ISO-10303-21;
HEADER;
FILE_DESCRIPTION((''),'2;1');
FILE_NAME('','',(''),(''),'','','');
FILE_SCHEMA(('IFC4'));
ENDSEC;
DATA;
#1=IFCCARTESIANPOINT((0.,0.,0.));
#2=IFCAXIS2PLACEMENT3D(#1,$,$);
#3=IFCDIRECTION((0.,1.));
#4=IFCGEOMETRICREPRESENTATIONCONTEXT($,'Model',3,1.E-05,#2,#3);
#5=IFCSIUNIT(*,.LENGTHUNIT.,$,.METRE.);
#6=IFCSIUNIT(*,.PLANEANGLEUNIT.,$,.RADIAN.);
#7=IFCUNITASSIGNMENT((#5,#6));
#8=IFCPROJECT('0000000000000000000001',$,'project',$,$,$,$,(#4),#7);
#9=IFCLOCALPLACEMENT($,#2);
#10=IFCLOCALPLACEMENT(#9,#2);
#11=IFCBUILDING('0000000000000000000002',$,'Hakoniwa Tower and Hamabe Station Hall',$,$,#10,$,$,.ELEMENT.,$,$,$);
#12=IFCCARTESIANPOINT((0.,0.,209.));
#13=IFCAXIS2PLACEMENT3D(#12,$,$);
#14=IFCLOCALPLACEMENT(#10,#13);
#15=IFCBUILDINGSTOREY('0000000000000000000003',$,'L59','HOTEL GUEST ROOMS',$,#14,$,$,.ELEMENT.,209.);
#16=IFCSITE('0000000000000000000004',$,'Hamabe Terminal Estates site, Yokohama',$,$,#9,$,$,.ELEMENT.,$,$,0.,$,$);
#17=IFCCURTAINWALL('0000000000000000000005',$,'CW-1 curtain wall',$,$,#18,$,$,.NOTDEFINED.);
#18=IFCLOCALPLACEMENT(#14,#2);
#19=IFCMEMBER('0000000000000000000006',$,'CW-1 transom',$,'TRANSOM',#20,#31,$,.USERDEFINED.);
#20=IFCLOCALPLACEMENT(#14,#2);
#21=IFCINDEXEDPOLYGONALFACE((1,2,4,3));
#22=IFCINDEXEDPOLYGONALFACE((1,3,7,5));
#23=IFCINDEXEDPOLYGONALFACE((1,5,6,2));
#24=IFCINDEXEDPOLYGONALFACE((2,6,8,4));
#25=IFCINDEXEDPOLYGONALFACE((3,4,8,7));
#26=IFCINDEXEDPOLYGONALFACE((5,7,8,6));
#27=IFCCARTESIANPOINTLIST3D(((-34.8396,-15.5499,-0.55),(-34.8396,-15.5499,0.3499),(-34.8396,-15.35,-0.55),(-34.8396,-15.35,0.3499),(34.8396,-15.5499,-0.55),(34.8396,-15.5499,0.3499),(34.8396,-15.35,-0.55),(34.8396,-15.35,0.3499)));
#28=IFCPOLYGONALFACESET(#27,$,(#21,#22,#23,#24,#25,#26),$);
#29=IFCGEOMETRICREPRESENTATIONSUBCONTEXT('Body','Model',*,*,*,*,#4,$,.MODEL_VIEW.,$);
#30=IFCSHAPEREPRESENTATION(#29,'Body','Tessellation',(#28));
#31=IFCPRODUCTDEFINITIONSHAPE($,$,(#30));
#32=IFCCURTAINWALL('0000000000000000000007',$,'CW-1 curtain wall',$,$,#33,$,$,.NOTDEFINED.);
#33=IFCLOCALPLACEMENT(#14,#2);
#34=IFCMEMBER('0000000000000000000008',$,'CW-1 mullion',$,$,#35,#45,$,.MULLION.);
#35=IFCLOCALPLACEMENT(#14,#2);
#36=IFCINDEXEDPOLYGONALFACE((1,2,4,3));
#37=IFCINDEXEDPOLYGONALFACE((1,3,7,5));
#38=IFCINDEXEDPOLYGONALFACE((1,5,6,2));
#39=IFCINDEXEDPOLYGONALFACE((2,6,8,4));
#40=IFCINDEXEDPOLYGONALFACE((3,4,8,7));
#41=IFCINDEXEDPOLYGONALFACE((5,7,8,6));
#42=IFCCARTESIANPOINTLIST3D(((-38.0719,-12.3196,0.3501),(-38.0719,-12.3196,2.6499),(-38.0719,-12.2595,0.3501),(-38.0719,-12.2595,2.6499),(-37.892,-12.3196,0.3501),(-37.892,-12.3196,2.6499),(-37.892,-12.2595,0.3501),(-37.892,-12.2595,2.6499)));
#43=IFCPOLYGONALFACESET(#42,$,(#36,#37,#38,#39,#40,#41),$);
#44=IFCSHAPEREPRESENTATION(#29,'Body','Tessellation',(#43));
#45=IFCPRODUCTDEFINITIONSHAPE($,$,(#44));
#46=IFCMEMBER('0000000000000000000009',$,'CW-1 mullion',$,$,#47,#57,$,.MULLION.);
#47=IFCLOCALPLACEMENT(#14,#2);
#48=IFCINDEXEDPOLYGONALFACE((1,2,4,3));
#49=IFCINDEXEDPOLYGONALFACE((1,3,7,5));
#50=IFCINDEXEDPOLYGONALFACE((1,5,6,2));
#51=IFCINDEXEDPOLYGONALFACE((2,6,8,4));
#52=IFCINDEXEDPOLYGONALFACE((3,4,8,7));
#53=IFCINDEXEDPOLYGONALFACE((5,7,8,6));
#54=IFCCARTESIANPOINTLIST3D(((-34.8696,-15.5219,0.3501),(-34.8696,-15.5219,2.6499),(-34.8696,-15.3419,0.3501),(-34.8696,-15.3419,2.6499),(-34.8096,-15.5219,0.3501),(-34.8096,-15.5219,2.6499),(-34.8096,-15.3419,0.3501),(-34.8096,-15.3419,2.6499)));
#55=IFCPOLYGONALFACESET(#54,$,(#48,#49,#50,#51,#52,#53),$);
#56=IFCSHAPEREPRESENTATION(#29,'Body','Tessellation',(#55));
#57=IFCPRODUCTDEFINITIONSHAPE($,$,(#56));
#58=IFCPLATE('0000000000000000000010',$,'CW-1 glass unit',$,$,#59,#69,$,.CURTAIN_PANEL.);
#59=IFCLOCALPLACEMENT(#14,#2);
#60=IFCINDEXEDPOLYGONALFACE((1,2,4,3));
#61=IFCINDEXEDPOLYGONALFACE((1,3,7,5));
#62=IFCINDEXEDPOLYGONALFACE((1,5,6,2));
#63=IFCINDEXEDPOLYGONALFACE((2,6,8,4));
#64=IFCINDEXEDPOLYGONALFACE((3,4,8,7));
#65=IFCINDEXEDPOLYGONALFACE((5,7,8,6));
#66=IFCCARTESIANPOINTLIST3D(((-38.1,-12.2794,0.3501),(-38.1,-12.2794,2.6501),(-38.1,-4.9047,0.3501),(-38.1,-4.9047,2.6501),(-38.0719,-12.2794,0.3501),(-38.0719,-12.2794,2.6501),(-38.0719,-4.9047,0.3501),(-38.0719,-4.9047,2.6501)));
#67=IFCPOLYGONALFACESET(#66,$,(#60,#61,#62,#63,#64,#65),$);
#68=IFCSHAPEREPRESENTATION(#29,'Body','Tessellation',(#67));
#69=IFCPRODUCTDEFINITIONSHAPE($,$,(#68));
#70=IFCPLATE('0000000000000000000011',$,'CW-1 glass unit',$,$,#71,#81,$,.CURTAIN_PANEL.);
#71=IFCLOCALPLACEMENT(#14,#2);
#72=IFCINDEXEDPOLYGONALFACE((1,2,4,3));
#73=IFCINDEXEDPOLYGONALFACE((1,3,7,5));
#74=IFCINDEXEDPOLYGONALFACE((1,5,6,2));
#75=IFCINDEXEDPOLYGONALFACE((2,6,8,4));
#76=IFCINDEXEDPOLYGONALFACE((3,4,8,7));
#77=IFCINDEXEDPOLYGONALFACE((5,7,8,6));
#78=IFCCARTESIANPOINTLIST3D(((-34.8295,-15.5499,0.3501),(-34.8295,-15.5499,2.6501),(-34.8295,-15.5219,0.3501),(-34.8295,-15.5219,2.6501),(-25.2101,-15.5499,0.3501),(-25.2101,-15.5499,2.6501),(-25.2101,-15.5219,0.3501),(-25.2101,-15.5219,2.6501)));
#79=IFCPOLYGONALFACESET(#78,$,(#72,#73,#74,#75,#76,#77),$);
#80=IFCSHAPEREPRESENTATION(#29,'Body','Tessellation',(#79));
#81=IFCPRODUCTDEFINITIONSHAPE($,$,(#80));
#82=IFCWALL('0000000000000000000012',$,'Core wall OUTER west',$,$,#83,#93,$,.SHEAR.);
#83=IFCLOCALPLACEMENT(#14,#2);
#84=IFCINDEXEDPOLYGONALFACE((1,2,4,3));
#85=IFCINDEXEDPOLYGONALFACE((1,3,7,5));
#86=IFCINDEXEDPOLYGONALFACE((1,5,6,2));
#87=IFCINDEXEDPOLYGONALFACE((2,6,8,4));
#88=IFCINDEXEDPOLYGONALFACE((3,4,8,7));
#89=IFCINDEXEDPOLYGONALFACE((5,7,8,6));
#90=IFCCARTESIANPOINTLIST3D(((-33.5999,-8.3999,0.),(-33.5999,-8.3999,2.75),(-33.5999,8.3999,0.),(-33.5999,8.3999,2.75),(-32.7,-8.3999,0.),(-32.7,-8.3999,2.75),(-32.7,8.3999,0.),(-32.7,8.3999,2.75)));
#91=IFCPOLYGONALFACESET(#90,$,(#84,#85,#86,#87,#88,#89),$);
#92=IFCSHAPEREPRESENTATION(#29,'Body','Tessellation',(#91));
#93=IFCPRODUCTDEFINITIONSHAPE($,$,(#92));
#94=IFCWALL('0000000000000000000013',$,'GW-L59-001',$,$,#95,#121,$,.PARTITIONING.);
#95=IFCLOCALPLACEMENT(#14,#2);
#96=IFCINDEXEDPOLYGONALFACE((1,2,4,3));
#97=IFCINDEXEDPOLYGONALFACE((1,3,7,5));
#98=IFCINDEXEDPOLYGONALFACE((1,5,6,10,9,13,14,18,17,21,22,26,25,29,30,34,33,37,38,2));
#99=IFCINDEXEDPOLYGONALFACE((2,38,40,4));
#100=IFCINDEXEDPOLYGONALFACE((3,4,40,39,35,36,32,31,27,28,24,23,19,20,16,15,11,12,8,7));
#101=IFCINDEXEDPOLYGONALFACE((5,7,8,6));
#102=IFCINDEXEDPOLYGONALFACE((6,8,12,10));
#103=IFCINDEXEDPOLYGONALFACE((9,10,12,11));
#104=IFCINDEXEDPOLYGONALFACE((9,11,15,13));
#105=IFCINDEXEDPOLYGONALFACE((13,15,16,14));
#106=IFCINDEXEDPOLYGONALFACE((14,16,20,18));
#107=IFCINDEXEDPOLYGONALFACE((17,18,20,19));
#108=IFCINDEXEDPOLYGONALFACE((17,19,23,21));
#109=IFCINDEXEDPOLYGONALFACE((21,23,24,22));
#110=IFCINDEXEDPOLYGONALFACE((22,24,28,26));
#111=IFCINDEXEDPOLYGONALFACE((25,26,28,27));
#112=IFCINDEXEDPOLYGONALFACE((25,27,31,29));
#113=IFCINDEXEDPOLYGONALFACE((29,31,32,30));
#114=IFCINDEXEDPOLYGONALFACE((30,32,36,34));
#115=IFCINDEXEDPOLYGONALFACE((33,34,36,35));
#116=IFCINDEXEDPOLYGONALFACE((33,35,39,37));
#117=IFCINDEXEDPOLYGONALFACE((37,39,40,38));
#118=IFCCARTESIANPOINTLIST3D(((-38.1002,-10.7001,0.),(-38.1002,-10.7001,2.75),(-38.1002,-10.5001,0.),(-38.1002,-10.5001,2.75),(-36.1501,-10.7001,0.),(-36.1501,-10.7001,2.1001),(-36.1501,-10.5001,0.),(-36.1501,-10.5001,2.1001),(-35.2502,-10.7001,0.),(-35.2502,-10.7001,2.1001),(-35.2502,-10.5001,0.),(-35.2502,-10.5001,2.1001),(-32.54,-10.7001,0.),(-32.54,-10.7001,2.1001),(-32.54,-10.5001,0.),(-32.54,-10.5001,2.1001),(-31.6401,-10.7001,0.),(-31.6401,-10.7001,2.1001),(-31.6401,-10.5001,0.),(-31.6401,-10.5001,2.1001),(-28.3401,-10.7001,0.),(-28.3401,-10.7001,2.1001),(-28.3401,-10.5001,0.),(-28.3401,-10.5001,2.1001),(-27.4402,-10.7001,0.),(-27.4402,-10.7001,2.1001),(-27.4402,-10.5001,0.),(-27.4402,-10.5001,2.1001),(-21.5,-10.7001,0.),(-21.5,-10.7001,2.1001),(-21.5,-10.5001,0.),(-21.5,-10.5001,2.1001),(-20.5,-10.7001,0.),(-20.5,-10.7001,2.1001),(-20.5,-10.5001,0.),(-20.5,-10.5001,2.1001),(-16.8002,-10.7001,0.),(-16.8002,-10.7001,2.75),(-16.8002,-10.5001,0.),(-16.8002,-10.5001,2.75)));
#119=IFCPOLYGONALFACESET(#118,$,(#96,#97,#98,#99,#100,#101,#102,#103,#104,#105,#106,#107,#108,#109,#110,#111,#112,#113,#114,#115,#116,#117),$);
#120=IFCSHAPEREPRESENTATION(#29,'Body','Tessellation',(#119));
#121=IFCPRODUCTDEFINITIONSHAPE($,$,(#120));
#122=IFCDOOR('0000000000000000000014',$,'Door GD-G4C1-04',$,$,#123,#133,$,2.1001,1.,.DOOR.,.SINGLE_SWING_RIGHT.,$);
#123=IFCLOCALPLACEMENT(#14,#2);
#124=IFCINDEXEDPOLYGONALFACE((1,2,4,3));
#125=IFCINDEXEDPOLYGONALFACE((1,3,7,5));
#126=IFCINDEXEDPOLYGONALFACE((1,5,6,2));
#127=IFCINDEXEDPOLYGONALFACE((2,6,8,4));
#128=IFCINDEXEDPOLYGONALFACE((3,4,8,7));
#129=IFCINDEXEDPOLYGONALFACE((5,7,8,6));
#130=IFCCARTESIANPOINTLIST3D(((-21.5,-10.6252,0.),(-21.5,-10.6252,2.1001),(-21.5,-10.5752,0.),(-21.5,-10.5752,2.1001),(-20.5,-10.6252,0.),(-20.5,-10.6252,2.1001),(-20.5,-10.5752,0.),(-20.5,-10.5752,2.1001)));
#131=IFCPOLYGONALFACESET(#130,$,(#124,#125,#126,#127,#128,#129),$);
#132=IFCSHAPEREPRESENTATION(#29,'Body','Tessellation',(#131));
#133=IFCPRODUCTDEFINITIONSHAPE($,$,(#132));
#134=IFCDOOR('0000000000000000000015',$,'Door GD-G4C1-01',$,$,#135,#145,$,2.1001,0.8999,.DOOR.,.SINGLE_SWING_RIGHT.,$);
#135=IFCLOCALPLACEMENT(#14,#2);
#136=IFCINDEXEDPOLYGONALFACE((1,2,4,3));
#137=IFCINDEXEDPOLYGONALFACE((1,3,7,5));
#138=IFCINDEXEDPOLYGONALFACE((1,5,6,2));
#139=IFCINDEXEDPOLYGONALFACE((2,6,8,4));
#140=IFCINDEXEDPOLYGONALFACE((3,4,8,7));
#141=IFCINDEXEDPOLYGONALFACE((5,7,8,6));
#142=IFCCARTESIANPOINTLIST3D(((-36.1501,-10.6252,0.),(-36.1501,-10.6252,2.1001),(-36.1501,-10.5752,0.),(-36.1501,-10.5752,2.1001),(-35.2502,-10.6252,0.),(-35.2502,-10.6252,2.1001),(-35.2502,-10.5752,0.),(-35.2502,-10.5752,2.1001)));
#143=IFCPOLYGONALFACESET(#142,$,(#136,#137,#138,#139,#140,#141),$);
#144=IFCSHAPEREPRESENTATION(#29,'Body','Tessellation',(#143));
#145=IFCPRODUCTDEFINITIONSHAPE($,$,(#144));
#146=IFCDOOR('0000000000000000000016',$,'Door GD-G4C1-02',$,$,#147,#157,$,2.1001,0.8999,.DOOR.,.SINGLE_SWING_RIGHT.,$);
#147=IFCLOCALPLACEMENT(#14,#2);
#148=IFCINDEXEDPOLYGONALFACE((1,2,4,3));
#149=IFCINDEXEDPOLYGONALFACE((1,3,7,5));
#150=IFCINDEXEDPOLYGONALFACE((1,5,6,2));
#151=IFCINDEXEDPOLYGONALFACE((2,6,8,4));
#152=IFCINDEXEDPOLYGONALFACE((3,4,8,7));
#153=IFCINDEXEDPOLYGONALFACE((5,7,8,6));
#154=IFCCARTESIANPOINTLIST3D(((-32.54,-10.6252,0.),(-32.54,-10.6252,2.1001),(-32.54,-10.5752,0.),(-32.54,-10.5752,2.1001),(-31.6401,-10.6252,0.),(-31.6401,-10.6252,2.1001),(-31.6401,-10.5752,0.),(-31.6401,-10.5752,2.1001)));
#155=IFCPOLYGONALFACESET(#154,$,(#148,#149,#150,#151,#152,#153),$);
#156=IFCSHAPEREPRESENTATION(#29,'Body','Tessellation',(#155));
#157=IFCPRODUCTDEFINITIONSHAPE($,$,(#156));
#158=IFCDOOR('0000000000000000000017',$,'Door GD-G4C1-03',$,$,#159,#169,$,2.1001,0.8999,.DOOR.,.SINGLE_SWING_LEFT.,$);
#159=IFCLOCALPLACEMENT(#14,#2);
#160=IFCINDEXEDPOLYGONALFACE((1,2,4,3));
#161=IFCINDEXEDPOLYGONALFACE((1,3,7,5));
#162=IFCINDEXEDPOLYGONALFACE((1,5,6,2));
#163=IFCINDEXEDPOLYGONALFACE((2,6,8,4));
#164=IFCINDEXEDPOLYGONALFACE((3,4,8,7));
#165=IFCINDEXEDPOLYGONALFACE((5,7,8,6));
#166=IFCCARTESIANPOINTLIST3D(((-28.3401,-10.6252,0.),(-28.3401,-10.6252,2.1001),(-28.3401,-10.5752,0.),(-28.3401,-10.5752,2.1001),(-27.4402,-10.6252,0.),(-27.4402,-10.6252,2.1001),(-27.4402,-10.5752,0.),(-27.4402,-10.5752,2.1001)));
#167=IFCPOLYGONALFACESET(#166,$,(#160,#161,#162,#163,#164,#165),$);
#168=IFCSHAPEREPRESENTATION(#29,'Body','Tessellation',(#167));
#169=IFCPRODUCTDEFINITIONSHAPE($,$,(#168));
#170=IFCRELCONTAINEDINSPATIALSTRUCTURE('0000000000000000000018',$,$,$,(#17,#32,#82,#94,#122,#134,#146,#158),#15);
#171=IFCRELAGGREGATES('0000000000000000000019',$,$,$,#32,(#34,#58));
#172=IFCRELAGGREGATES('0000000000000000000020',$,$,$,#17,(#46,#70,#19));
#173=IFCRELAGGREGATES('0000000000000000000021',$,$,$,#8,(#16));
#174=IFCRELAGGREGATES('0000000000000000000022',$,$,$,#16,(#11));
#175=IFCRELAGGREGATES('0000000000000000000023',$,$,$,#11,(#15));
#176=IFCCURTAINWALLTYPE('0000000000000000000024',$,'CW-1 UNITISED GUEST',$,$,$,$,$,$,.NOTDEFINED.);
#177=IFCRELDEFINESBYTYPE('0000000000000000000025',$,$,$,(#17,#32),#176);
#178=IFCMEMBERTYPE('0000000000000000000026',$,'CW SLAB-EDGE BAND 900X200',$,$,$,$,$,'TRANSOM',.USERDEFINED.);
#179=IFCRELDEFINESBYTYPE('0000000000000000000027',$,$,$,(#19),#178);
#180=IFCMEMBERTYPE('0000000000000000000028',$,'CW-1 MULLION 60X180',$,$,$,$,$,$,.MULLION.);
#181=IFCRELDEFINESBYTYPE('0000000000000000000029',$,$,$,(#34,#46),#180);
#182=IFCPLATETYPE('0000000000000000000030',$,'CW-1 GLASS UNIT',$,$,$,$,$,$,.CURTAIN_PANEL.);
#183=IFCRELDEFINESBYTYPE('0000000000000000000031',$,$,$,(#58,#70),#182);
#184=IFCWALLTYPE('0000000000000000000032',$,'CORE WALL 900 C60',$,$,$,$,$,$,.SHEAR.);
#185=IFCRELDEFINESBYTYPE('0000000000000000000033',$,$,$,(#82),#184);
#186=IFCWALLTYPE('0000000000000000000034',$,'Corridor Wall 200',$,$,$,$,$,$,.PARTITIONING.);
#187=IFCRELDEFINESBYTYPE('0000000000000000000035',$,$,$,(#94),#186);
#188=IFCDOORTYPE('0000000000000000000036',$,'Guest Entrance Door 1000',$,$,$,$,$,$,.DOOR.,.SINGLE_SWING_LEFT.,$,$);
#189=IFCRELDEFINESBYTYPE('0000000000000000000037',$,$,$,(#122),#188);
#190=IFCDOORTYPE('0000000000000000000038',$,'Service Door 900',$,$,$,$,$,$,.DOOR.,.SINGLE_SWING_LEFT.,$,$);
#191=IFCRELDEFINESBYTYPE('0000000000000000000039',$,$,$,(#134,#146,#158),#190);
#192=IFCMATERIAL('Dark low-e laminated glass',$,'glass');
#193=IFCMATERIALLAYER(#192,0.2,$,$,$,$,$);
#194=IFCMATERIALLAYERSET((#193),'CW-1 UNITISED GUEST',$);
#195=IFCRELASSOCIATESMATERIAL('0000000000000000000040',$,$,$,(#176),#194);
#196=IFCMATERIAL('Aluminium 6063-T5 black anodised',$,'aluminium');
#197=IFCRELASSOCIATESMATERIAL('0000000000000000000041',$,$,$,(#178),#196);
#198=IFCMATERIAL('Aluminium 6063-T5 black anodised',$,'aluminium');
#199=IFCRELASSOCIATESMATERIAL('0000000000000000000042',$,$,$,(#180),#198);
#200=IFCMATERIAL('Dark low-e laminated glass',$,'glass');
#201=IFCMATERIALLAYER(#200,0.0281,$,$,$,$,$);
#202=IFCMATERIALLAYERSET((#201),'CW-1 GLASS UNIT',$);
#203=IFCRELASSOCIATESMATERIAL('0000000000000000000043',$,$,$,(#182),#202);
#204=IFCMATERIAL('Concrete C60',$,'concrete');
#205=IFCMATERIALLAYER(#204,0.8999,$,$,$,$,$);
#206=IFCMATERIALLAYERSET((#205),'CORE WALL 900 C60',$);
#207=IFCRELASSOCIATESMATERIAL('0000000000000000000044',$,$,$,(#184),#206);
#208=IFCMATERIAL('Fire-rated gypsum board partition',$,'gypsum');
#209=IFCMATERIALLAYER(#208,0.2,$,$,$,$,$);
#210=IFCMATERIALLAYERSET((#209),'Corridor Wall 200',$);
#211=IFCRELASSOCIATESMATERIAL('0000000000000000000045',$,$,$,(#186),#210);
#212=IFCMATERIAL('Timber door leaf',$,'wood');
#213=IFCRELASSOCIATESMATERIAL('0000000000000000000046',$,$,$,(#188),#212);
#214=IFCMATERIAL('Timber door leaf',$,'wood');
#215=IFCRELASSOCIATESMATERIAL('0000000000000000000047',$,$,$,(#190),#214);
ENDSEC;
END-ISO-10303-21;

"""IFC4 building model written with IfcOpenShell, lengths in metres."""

from ifc_helpers import new_model, si_unit, direction, frame, frame_2d, origin, origin_2d, place, context, subcontext, project, spatial, rectangle, extrude, material, layer, layer_set, material_profile, profile_set, type_object, element, fill, aggregate, save


model = new_model("IFC4")

# Units and contexts
model_context = context("Model", 3, precision=1e-05, world=origin(), true_north=direction((0.0, 1.0)))
body_context = subcontext(model_context, "Body", "Model", "MODEL_VIEW")
ifc_project = project(units=[si_unit("LENGTHUNIT", "METRE"), si_unit("PLANEANGLEUNIT", "RADIAN")], contexts=[model_context])

# Site, building, storey
site_placement = place(None, origin())
site = spatial("IfcSite", under=ifc_project, at=site_placement, Name="Hamabe Terminal Estates site, Yokohama", CompositionType="ELEMENT", RefElevation=0.0)
building_placement = place(site_placement, origin())
building = spatial("IfcBuilding", under=site, at=building_placement, Name="Hakoniwa Tower and Hamabe Station Hall", CompositionType="ELEMENT")
storey_placement = place(building_placement, frame((0.0, 0.0, 209.0)))
storey = spatial("IfcBuildingStorey", under=building, at=storey_placement, Name="L59", Description="HOTEL GUEST ROOMS", CompositionType="ELEMENT", Elevation=209.0)

# Curtain walls, members
ifc_material_1 = material(Name="Dark low-e laminated glass", Category="glass")
ifc_layer_1 = layer(ifc_material_1, 0.2)
ifc_layer_set_1 = layer_set([ifc_layer_1], Name="CW-1 UNITISED GUEST")
curtain_wall_type = type_object("IfcCurtainWallType", Name="CW-1 UNITISED GUEST", PredefinedType="NOTDEFINED", material=ifc_layer_set_1)
curtain_wall_1_placement = place(storey_placement, origin())
curtain_wall_1 = element("IfcCurtainWall", 1, at=curtain_wall_1_placement, inside=storey, type_object=curtain_wall_type, Name="CW-1 curtain wall", PredefinedType="NOTDEFINED")
ifc_material_2 = material(Name="Aluminium 6063-T5 black anodised", Category="aluminium")
ifc_material_profile_1 = material_profile(ifc_material_2, rectangle(XDim=0.2, YDim=0.8999, at=origin_2d()), Name="CW SLAB-EDGE BAND 900X200")
ifc_profile_set_1 = profile_set([ifc_material_profile_1], Name="Aluminium 6063-T5 black anodised")
member_type_1 = type_object("IfcMemberType", Name="CW SLAB-EDGE BAND 900X200", ElementType="TRANSOM", PredefinedType="USERDEFINED", material=ifc_profile_set_1)
member_1_placement = place(storey_placement, frame((-34.8396, -15.45, -0.1001), z_axis=(1.0, 0.0, 0.0), x_axis=(0.0, 1.0, 0.0)))
member_1 = element("IfcMember", 2, at=member_1_placement, type_object=member_type_1, Name="CW-1 transom", ObjectType="TRANSOM", PredefinedType="USERDEFINED", context=body_context, shape_type="SweptSolid", body=[
    extrude(rectangle(XDim=0.2, YDim=0.8999, at=origin_2d()), origin(), (0.0, 0.0, 1.0), 69.6792),
])
curtain_wall_2_placement = place(storey_placement, origin())
curtain_wall_2 = element("IfcCurtainWall", 3, at=curtain_wall_2_placement, inside=storey, type_object=curtain_wall_type, Name="CW-1 curtain wall", PredefinedType="NOTDEFINED")
ifc_material_3 = material(Name="Aluminium 6063-T5 black anodised", Category="aluminium")
ifc_material_profile_2 = material_profile(ifc_material_3, rectangle(XDim=0.0601, YDim=0.1799, at=origin_2d()), Name="CW-1 MULLION 60X180")
ifc_profile_set_2 = profile_set([ifc_material_profile_2], Name="Aluminium 6063-T5 black anodised")
member_type_2 = type_object("IfcMemberType", Name="CW-1 MULLION 60X180", PredefinedType="MULLION", material=ifc_profile_set_2)
member_2_placement = place(storey_placement, frame((-37.9819, -12.2896, 0.3501), z_axis=(0.0, 0.0, 1.0), x_axis=(0.0, -1.0, 0.0)))
member_2 = element("IfcMember", 4, at=member_2_placement, type_object=member_type_2, Name="CW-1 mullion", PredefinedType="MULLION", context=body_context, shape_type="SweptSolid", body=[
    extrude(rectangle(XDim=0.0601, YDim=0.1799, at=origin_2d()), origin(), (0.0, 0.0, 1.0), 2.2998),
])

# Member
member_3_placement = place(storey_placement, frame((-34.8396, -15.4319, 0.3501), z_axis=(0.0, 0.0, 1.0), x_axis=(1.0, 0.0, 0.0)))
member_3 = element("IfcMember", 5, at=member_3_placement, type_object=member_type_2, Name="CW-1 mullion", PredefinedType="MULLION", context=body_context, shape_type="SweptSolid", body=[
    extrude(rectangle(XDim=0.0601, YDim=0.1799, at=origin_2d()), origin(), (0.0, 0.0, 1.0), 2.2998),
])

# Plates
ifc_material_4 = material(Name="Dark low-e laminated glass", Category="glass")
ifc_layer_2 = layer(ifc_material_4, 0.0281)
ifc_layer_set_2 = layer_set([ifc_layer_2], Name="CW-1 GLASS UNIT")
plate_type = type_object("IfcPlateType", Name="CW-1 GLASS UNIT", PredefinedType="CURTAIN_PANEL", material=ifc_layer_set_2)
plate_1_placement = place(storey_placement, frame((-38.0859, -8.592, 0.3501), z_axis=(0.0, 0.0, 1.0), x_axis=(0.0, -1.0, 0.0)))
plate_1 = element("IfcPlate", 6, at=plate_1_placement, type_object=plate_type, Name="CW-1 glass unit", PredefinedType="CURTAIN_PANEL", context=body_context, shape_type="SweptSolid", body=[
    extrude(rectangle(XDim=7.3748, YDim=0.0281, at=origin_2d()), origin(), (0.0, 0.0, 1.0), 2.3),
])
aggregate(curtain_wall_2, [member_2, plate_1])
plate_2_placement = place(storey_placement, frame((-30.0198, -15.5359, 0.3501), z_axis=(0.0, 0.0, 1.0), x_axis=(1.0, 0.0, 0.0)))
plate_2 = element("IfcPlate", 7, at=plate_2_placement, type_object=plate_type, Name="CW-1 glass unit", PredefinedType="CURTAIN_PANEL", context=body_context, shape_type="SweptSolid", body=[
    extrude(rectangle(XDim=9.6194, YDim=0.0281, at=origin_2d()), origin(), (0.0, 0.0, 1.0), 2.3),
])
aggregate(curtain_wall_1, [member_3, plate_2, member_1])

# Wall
ifc_material_5 = material(Name="Concrete C60", Category="concrete")
ifc_layer_3 = layer(ifc_material_5, 0.8999)
ifc_layer_set_3 = layer_set([ifc_layer_3], Name="CORE WALL 900 C60")
wall_type_1 = type_object("IfcWallType", Name="CORE WALL 900 C60", PredefinedType="SHEAR", material=ifc_layer_set_3)
wall_1_placement = place(storey_placement, frame((-33.1499, -8.3999, 0.0), z_axis=(0.0, 0.0, 1.0), x_axis=(0.0, 1.0, 0.0)))
element("IfcWall", 8, at=wall_1_placement, inside=storey, type_object=wall_type_1, Name="Core wall OUTER west", PredefinedType="SHEAR", context=body_context, shape_type="SweptSolid", body=[
    extrude(rectangle(XDim=16.7998, YDim=0.8999, at=frame_2d((8.3999, 0.0))), origin(), (0.0, 0.0, 1.0), 2.75),
])

# Wall, openings, doors
ifc_material_6 = material(Name="Fire-rated gypsum board partition", Category="gypsum")
ifc_layer_4 = layer(ifc_material_6, 0.2)
ifc_layer_set_4 = layer_set([ifc_layer_4], Name="Corridor Wall 200")
wall_type_2 = type_object("IfcWallType", Name="Corridor Wall 200", PredefinedType="PARTITIONING", material=ifc_layer_set_4)
wall_2_placement = place(storey_placement, frame((-38.1001, -10.6001, 0.0), z_axis=(0.0, 0.0, 1.0), x_axis=(1.0, 0.0, 0.0)))
wall_2 = element("IfcWall", 9, at=wall_2_placement, inside=storey, type_object=wall_type_2, Name="GW-L59-001", PredefinedType="PARTITIONING", context=body_context, shape_type="SweptSolid", body=[
    extrude(rectangle(XDim=21.3, YDim=0.2, at=frame_2d((10.6499, 0.0))), origin(), (0.0, 0.0, 1.0), 2.75),
])
opening_1_placement = place(wall_2_placement, frame((1.95, 0.0, 0.0)))
opening_1 = element("IfcOpeningElement", 10, at=opening_1_placement, cuts=wall_2, PredefinedType="OPENING", context=body_context, shape_type="SweptSolid", body=[
    extrude(rectangle(XDim=0.8999, YDim=2.1001, at=frame_2d((0.45, 1.05))), frame((0.0, 0.1099, 0.0), z_axis=(0.0, -1.0, 0.0), x_axis=(1.0, 0.0, 0.0)), (0.0, 0.0, 1.0), 0.22),
])
opening_2_placement = place(wall_2_placement, frame((5.5601, 0.0, 0.0)))
opening_2 = element("IfcOpeningElement", 11, at=opening_2_placement, cuts=wall_2, PredefinedType="OPENING", context=body_context, shape_type="SweptSolid", body=[
    extrude(rectangle(XDim=0.8999, YDim=2.1001, at=frame_2d((0.45, 1.05))), frame((0.0, 0.1099, 0.0), z_axis=(0.0, -1.0, 0.0), x_axis=(1.0, 0.0, 0.0)), (0.0, 0.0, 1.0), 0.22),
])
opening_3_placement = place(wall_2_placement, frame((9.76, 0.0, 0.0)))
opening_3 = element("IfcOpeningElement", 12, at=opening_3_placement, cuts=wall_2, PredefinedType="OPENING", context=body_context, shape_type="SweptSolid", body=[
    extrude(rectangle(XDim=0.8999, YDim=2.1001, at=frame_2d((0.45, 1.05))), frame((0.0, 0.1099, 0.0), z_axis=(0.0, -1.0, 0.0), x_axis=(1.0, 0.0, 0.0)), (0.0, 0.0, 1.0), 0.22),
])
opening_4_placement = place(wall_2_placement, frame((16.6001, 0.0, 0.0)))
opening_4 = element("IfcOpeningElement", 13, at=opening_4_placement, cuts=wall_2, PredefinedType="OPENING", context=body_context, shape_type="SweptSolid", body=[
    extrude(rectangle(XDim=1.0, YDim=2.1001, at=frame_2d((0.5, 1.05))), frame((0.0, 0.1099, 0.0), z_axis=(0.0, -1.0, 0.0), x_axis=(1.0, 0.0, 0.0)), (0.0, 0.0, 1.0), 0.22),
])
ifc_material_7 = material(Name="Timber door leaf", Category="wood")
door_type_1 = type_object("IfcDoorType", Name="Guest Entrance Door 1000", OperationType="SINGLE_SWING_LEFT", PredefinedType="DOOR", material=ifc_material_7)
door_1_placement = place(opening_4_placement, origin())
door_1 = element("IfcDoor", 14, at=door_1_placement, inside=storey, type_object=door_type_1, Name="Door GD-G4C1-04", OperationType="SINGLE_SWING_RIGHT", OverallHeight=2.1001, OverallWidth=1.0, PredefinedType="DOOR", context=body_context, shape_type="SweptSolid", body=[
    extrude(rectangle(XDim=1.0, YDim=2.1001, at=frame_2d((0.5, 1.05))), frame((0.0, 0.0249, 0.0), z_axis=(0.0, -1.0, 0.0), x_axis=(1.0, 0.0, 0.0)), (0.0, 0.0, 1.0), 0.05),
])
fill(opening_4, door_1)
ifc_material_8 = material(Name="Timber door leaf", Category="wood")
door_type_2 = type_object("IfcDoorType", Name="Service Door 900", OperationType="SINGLE_SWING_LEFT", PredefinedType="DOOR", material=ifc_material_8)
door_2_placement = place(opening_1_placement, origin())
door_2 = element("IfcDoor", 15, at=door_2_placement, inside=storey, type_object=door_type_2, Name="Door GD-G4C1-01", OperationType="SINGLE_SWING_RIGHT", OverallHeight=2.1001, OverallWidth=0.8999, PredefinedType="DOOR", context=body_context, shape_type="SweptSolid", body=[
    extrude(rectangle(XDim=0.8999, YDim=2.1001, at=frame_2d((0.45, 1.05))), frame((0.0, 0.0249, 0.0), z_axis=(0.0, -1.0, 0.0), x_axis=(1.0, 0.0, 0.0)), (0.0, 0.0, 1.0), 0.05),
])
fill(opening_1, door_2)
door_3_placement = place(opening_2_placement, origin())
door_3 = element("IfcDoor", 16, at=door_3_placement, inside=storey, type_object=door_type_2, Name="Door GD-G4C1-02", OperationType="SINGLE_SWING_RIGHT", OverallHeight=2.1001, OverallWidth=0.8999, PredefinedType="DOOR", context=body_context, shape_type="SweptSolid", body=[
    extrude(rectangle(XDim=0.8999, YDim=2.1001, at=frame_2d((0.45, 1.05))), frame((0.0, 0.0249, 0.0), z_axis=(0.0, -1.0, 0.0), x_axis=(1.0, 0.0, 0.0)), (0.0, 0.0, 1.0), 0.05),
])
fill(opening_2, door_3)
door_4_placement = place(opening_3_placement, origin())
door_4 = element("IfcDoor", 17, at=door_4_placement, inside=storey, type_object=door_type_2, Name="Door GD-G4C1-03", OperationType="SINGLE_SWING_LEFT", OverallHeight=2.1001, OverallWidth=0.8999, PredefinedType="DOOR", context=body_context, shape_type="SweptSolid", body=[
    extrude(rectangle(XDim=0.8999, YDim=2.1001, at=frame_2d((0.45, 1.05))), frame((0.0, 0.0249, 0.0), z_axis=(0.0, -1.0, 0.0), x_axis=(1.0, 0.0, 0.0)), (0.0, 0.0, 1.0), 0.05),
])
fill(opening_3, door_4)

save(model, "model.ifc")
